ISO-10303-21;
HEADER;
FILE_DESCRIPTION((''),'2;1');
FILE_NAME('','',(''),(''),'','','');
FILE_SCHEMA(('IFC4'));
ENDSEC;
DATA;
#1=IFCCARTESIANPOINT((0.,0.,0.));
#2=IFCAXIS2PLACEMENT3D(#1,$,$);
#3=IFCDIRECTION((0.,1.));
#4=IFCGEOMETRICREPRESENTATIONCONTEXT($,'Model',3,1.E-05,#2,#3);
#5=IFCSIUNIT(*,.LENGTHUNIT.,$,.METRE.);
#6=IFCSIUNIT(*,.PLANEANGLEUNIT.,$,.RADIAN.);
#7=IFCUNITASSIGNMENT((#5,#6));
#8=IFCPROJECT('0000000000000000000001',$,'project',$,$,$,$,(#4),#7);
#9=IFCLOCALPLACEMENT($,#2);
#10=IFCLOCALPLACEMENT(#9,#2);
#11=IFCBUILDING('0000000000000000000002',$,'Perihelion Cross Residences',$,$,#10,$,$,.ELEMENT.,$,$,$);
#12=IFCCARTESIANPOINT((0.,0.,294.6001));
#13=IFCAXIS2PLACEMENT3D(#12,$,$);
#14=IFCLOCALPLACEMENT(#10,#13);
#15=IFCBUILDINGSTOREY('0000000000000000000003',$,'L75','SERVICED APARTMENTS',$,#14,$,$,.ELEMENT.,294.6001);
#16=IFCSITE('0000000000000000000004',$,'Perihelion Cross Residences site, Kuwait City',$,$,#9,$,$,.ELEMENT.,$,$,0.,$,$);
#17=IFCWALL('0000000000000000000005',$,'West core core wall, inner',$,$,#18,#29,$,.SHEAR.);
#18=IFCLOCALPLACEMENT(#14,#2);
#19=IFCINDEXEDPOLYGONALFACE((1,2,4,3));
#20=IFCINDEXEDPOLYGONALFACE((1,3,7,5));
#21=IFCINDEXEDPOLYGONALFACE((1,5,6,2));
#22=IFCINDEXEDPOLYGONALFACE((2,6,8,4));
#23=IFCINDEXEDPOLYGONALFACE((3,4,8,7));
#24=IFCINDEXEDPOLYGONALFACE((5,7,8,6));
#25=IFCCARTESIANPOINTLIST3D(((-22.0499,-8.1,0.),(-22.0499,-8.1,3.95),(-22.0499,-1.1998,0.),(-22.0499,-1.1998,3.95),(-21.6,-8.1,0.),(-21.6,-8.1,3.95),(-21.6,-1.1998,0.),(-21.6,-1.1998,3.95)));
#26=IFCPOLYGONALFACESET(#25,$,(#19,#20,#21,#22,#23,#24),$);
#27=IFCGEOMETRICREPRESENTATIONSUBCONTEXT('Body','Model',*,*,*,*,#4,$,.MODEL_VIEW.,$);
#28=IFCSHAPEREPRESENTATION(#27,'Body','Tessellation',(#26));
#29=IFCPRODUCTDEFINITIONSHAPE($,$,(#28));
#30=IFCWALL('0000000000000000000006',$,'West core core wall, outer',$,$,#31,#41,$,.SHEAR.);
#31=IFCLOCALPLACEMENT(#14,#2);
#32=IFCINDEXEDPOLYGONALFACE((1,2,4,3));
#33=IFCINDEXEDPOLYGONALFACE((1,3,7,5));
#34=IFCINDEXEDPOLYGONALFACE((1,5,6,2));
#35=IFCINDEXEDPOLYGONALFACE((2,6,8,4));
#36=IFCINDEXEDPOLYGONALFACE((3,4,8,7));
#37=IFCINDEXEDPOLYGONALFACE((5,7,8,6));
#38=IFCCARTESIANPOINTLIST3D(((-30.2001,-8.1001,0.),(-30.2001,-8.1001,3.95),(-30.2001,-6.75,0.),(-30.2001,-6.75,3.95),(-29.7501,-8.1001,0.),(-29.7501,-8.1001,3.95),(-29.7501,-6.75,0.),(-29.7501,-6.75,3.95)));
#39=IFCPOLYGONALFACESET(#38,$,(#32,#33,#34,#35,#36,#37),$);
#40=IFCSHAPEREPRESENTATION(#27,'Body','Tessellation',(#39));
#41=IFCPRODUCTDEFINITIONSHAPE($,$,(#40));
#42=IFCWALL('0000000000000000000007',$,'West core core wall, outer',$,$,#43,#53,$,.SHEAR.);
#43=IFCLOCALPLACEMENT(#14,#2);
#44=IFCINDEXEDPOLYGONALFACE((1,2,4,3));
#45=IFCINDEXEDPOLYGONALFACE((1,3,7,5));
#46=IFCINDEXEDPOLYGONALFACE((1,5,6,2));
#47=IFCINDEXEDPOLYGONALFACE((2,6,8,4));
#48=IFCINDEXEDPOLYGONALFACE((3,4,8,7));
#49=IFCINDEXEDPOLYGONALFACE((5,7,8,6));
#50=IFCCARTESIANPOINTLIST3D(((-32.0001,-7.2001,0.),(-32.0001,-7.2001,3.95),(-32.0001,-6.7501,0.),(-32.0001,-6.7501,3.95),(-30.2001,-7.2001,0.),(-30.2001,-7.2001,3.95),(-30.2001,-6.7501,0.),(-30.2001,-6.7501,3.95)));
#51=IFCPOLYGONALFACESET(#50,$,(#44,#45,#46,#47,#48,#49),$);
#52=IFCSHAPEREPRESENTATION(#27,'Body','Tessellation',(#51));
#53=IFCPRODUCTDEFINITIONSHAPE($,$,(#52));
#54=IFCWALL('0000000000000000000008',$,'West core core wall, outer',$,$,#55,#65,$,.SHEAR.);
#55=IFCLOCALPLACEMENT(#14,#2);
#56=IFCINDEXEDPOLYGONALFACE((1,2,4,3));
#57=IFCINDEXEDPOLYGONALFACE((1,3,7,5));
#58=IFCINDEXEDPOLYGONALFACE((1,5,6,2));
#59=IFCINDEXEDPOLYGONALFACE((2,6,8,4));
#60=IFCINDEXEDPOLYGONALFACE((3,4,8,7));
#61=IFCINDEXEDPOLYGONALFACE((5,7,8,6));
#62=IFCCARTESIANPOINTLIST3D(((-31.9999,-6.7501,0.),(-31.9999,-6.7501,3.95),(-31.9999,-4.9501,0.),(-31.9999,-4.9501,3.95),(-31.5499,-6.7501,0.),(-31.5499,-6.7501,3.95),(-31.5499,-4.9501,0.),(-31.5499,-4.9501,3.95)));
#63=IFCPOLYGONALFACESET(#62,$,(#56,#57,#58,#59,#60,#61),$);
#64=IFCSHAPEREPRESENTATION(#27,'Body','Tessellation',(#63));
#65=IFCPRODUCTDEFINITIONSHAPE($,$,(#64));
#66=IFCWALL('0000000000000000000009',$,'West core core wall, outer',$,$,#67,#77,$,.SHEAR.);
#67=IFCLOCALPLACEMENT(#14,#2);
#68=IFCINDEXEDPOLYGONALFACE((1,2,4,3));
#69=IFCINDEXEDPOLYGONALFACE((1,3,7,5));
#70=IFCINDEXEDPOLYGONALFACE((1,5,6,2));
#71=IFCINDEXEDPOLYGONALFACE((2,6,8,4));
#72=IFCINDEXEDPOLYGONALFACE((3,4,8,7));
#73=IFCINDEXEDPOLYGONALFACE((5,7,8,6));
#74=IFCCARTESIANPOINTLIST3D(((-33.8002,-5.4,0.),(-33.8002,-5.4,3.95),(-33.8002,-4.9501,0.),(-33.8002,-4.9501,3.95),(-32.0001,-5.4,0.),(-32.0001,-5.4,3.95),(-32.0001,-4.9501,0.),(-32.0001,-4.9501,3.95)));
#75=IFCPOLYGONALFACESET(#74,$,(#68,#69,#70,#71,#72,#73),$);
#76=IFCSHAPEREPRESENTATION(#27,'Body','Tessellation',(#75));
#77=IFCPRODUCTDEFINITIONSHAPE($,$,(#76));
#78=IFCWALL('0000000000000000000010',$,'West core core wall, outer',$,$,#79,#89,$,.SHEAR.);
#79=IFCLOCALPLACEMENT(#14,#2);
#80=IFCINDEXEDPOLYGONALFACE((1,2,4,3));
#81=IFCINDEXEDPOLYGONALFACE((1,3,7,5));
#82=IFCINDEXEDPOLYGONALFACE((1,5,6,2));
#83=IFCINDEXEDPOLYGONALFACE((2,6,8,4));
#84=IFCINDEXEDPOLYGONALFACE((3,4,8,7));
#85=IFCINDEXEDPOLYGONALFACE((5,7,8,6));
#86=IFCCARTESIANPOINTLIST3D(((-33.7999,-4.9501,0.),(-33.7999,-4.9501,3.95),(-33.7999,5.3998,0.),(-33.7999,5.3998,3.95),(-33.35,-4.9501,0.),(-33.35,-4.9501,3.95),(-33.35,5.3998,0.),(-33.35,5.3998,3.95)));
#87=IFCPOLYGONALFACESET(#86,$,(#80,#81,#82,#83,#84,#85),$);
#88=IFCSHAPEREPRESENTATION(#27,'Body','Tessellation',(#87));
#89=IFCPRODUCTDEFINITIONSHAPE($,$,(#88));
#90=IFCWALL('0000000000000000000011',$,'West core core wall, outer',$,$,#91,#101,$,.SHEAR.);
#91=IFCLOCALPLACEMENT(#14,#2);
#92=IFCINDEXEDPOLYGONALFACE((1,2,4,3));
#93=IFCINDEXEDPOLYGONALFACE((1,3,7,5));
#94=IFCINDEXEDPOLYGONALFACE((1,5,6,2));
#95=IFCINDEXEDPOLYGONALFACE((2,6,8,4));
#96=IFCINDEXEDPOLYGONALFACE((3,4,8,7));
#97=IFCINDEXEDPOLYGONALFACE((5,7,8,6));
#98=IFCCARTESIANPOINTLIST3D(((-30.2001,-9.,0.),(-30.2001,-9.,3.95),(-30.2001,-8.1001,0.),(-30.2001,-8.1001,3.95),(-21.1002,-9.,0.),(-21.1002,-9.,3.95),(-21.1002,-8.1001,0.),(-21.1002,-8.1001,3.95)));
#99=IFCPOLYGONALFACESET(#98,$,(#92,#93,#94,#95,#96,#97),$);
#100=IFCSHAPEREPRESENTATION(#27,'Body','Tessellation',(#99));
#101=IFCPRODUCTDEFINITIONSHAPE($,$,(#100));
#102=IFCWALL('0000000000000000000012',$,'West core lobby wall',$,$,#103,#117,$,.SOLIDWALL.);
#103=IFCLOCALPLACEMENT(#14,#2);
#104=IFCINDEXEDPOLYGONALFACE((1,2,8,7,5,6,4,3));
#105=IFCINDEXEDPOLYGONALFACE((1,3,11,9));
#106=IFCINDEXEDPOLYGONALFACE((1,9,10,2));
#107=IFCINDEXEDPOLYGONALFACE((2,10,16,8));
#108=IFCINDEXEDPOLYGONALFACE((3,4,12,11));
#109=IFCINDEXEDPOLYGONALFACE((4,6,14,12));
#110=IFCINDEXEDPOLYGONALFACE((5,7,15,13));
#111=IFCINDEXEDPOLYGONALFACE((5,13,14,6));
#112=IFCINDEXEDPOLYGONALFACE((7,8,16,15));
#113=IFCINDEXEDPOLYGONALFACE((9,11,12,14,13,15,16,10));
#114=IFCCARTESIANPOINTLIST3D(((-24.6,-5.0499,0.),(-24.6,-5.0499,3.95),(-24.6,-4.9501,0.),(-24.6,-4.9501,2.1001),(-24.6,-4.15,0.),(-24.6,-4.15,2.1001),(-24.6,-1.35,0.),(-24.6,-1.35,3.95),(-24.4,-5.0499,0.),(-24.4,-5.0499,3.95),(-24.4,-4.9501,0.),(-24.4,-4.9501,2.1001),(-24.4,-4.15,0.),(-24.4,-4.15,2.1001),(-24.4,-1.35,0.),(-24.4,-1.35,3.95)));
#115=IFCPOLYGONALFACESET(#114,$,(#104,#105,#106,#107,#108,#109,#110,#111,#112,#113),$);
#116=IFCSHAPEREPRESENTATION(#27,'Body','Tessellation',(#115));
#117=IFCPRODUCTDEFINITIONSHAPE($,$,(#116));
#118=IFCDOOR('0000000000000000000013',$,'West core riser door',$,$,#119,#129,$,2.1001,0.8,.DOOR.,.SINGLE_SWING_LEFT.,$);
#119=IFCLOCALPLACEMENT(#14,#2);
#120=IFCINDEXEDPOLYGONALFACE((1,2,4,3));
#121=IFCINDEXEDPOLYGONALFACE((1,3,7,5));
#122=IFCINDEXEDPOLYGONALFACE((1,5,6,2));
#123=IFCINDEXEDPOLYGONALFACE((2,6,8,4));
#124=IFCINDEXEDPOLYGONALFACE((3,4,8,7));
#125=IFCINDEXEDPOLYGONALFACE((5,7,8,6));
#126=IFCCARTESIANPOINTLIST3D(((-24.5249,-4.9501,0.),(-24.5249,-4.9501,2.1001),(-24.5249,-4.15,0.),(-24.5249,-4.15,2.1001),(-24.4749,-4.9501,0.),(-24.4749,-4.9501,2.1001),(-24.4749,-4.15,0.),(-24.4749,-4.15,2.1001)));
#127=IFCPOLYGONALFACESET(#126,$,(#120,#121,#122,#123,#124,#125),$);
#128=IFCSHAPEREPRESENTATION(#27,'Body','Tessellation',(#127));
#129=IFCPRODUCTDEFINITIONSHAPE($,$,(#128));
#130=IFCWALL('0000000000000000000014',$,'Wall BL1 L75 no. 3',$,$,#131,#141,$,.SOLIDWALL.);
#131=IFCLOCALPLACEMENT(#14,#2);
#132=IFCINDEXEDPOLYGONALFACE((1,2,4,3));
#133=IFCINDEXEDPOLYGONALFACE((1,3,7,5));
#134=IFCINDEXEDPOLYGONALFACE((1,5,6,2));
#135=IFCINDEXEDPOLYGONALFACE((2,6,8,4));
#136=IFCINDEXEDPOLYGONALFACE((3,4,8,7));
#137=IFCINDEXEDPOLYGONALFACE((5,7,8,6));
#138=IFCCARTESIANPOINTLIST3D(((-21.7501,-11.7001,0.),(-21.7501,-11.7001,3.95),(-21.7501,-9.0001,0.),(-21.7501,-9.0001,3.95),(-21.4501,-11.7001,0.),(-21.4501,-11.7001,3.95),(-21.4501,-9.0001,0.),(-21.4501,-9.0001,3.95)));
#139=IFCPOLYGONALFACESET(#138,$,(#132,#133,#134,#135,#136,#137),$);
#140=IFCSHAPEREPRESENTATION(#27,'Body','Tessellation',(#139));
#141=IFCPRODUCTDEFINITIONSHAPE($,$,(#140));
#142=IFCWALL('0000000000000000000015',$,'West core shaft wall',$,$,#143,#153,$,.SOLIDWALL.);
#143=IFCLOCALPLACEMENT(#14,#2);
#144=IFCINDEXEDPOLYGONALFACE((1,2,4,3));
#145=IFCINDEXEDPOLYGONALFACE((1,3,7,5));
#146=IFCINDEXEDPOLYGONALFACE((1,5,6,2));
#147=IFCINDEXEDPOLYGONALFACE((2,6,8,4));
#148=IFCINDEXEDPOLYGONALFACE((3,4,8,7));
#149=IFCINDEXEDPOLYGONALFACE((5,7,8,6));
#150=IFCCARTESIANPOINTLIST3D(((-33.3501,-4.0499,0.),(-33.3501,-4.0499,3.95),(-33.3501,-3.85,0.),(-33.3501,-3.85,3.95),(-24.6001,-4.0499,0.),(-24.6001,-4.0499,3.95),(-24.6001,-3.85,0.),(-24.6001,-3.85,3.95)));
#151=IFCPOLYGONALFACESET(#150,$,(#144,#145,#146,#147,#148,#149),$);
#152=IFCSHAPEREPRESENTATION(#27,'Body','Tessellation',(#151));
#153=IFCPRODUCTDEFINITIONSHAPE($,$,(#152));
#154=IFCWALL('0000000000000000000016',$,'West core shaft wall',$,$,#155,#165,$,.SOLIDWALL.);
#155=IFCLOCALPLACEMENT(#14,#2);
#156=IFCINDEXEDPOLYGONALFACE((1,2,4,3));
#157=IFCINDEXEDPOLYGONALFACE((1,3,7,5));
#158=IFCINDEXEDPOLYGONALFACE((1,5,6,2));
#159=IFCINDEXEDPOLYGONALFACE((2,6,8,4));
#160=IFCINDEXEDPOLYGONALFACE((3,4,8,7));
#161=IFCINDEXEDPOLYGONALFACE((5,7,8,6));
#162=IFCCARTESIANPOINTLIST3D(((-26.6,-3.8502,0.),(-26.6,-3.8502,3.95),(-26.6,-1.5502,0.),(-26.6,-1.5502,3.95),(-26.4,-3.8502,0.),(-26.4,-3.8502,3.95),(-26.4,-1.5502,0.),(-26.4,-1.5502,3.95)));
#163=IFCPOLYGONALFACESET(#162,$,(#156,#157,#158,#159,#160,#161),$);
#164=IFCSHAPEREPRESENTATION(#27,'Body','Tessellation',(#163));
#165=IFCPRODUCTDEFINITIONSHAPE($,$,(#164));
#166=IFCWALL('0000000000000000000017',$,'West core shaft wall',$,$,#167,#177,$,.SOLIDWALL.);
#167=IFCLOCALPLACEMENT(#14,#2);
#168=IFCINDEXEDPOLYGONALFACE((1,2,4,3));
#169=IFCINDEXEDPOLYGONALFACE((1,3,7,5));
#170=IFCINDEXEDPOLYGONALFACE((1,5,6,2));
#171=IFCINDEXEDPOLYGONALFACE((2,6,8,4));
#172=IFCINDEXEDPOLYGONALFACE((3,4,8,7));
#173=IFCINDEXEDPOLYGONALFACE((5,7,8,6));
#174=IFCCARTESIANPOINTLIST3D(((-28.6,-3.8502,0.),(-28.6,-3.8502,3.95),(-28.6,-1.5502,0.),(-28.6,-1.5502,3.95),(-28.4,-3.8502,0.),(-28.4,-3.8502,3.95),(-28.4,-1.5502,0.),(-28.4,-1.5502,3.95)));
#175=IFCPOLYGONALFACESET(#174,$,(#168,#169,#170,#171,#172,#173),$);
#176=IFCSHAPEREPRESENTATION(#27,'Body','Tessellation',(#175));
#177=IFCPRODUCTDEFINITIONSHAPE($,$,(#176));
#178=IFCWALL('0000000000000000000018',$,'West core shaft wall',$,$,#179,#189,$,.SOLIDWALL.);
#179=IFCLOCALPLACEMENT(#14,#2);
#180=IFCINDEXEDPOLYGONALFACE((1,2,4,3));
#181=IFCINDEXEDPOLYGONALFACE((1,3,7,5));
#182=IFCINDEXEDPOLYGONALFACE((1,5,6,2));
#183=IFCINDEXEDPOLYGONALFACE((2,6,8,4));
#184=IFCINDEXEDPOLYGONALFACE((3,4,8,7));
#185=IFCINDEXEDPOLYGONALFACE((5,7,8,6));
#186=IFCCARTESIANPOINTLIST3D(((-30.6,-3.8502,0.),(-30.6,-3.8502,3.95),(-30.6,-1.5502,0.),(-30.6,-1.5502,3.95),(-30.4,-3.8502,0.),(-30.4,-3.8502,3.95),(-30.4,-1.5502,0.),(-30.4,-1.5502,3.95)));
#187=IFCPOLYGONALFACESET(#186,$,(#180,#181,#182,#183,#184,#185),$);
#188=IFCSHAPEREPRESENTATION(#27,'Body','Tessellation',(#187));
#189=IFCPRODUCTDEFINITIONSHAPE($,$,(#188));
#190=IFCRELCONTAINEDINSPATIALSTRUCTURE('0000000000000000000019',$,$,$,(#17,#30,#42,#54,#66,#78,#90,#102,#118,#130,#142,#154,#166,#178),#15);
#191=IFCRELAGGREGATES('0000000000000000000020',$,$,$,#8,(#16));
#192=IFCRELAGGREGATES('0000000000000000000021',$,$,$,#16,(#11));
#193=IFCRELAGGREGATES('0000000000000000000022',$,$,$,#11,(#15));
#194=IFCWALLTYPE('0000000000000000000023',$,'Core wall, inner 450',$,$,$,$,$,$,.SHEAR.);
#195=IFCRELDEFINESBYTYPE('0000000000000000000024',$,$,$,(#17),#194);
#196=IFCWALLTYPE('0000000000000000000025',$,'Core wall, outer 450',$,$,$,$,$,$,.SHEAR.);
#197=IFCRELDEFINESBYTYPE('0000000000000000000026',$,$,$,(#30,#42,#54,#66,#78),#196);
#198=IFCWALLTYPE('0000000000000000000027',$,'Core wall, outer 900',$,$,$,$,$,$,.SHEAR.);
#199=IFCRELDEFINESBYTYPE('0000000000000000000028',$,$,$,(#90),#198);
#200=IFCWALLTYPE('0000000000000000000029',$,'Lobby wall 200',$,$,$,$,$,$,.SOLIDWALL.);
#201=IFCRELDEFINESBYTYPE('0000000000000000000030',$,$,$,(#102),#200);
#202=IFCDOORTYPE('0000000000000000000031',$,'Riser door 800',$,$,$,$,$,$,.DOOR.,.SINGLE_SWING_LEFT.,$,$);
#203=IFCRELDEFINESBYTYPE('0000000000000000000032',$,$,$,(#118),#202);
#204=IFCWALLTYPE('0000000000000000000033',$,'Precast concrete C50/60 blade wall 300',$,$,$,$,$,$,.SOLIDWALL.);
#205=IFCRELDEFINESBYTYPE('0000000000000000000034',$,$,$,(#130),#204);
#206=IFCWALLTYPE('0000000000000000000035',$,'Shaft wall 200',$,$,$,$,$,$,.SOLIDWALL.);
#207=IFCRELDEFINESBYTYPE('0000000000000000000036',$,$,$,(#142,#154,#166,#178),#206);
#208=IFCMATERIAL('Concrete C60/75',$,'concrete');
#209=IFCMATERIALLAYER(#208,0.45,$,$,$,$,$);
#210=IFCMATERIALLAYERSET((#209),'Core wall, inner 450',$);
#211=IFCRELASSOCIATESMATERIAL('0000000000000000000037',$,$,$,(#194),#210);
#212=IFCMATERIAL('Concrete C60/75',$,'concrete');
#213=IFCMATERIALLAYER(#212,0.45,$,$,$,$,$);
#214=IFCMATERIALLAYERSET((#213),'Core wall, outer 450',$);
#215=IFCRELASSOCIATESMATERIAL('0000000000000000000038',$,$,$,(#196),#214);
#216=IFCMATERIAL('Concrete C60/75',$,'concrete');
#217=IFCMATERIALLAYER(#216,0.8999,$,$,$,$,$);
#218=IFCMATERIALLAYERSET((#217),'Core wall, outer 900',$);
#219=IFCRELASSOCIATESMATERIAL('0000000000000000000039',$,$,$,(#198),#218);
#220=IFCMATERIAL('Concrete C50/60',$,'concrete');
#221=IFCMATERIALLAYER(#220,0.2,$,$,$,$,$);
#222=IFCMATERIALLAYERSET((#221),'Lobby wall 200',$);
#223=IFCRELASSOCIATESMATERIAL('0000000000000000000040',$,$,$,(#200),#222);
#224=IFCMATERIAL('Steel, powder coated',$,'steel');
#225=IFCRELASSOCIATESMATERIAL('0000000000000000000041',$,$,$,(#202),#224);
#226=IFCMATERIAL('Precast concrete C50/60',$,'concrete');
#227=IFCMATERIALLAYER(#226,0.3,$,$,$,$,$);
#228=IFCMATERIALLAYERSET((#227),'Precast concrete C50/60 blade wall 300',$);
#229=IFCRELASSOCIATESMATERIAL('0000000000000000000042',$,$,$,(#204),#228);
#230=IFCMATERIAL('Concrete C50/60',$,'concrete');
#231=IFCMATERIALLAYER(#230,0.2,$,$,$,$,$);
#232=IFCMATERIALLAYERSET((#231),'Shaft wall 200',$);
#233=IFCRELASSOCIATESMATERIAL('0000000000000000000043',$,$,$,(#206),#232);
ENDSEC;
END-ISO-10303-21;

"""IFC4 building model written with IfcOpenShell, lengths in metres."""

from ifc_helpers import new_model, si_unit, direction, frame, frame_2d, origin, place, context, subcontext, project, spatial, rectangle, extrude, material, layer, layer_set, type_object, element, fill, save


model = new_model("IFC4")

# Units and contexts
model_context = context("Model", 3, precision=1e-05, world=origin(), true_north=direction((0.0, 1.0)))
body_context = subcontext(model_context, "Body", "Model", "MODEL_VIEW")
ifc_project = project(units=[si_unit("LENGTHUNIT", "METRE"), si_unit("PLANEANGLEUNIT", "RADIAN")], contexts=[model_context])

# Site, building, storey
site_placement = place(None, origin())
site = spatial("IfcSite", under=ifc_project, at=site_placement, Name="Perihelion Cross Residences site, Kuwait City", CompositionType="ELEMENT", RefElevation=0.0)
building_placement = place(site_placement, origin())
building = spatial("IfcBuilding", under=site, at=building_placement, Name="Perihelion Cross Residences", CompositionType="ELEMENT")
storey_placement = place(building_placement, frame((0.0, 0.0, 294.6001)))
storey = spatial("IfcBuildingStorey", under=building, at=storey_placement, Name="L75", Description="SERVICED APARTMENTS", CompositionType="ELEMENT", Elevation=294.6001)

# Walls
ifc_material_1 = material(Name="Concrete C60/75", Category="concrete")
ifc_layer_1 = layer(ifc_material_1, 0.45)
ifc_layer_set_1 = layer_set([ifc_layer_1], Name="Core wall, inner 450")
wall_type_1 = type_object("IfcWallType", Name="Core wall, inner 450", PredefinedType="SHEAR", material=ifc_layer_set_1)
wall_1_placement = place(storey_placement, frame((-21.825, -8.1001, 0.0), z_axis=(0.0, 0.0, 1.0), x_axis=(0.0, 1.0, 0.0)))
element("IfcWall", 1, at=wall_1_placement, inside=storey, type_object=wall_type_1, Name="West core core wall, inner", PredefinedType="SHEAR", context=body_context, shape_type="SweptSolid", body=[
    extrude(rectangle(XDim=6.9001, YDim=0.45, at=frame_2d((3.4502, 0.0))), origin(), (0.0, 0.0, 1.0), 3.95),
])
ifc_material_2 = material(Name="Concrete C60/75", Category="concrete")
ifc_layer_2 = layer(ifc_material_2, 0.45)
ifc_layer_set_2 = layer_set([ifc_layer_2], Name="Core wall, outer 450")
wall_type_2 = type_object("IfcWallType", Name="Core wall, outer 450", PredefinedType="SHEAR", material=ifc_layer_set_2)
wall_2_placement = place(storey_placement, frame((-29.9751, -8.1001, 0.0), z_axis=(0.0, 0.0, 1.0), x_axis=(0.0, 1.0, 0.0)))
element("IfcWall", 2, at=wall_2_placement, inside=storey, type_object=wall_type_2, Name="West core core wall, outer", PredefinedType="SHEAR", context=body_context, shape_type="SweptSolid", body=[
    extrude(rectangle(XDim=1.3501, YDim=0.45, at=frame_2d((0.675, 0.0))), origin(), (0.0, 0.0, 1.0), 3.95),
])
for number, where, z_axis, x_axis, name in (
    (3, (-32.0, -6.9751, 0.0), (0.0, 0.0, 1.0), (1.0, 0.0, 0.0), "West core core wall, outer"),
    (4, (-31.7749, -6.75, 0.0), (0.0, 0.0, 1.0), (0.0, 1.0, 0.0), "West core core wall, outer"),
    (5, (-33.8, -5.175, 0.0), (0.0, 0.0, 1.0), (1.0, 0.0, 0.0), "West core core wall, outer"),
):
    element("IfcWall", number, at=place(storey_placement, frame(where, z_axis=z_axis, x_axis=x_axis)), inside=storey, type_object=wall_type_2, Name=name, PredefinedType="SHEAR", context=body_context, shape_type="SweptSolid", body=[
        extrude(rectangle(XDim=1.8, YDim=0.45, at=frame_2d((0.8999, 0.0))), origin(), (0.0, 0.0, 1.0), 3.95),
    ])
wall_3_placement = place(storey_placement, frame((-33.575, -4.95, 0.0), z_axis=(0.0, 0.0, 1.0), x_axis=(0.0, 1.0, 0.0)))
element("IfcWall", 6, at=wall_3_placement, inside=storey, type_object=wall_type_2, Name="West core core wall, outer", PredefinedType="SHEAR", context=body_context, shape_type="SweptSolid", body=[
    extrude(rectangle(XDim=10.3499, YDim=0.45, at=frame_2d((5.1748, 0.0))), origin(), (0.0, 0.0, 1.0), 3.95),
])
ifc_material_3 = material(Name="Concrete C60/75", Category="concrete")
ifc_layer_3 = layer(ifc_material_3, 0.8999)
ifc_layer_set_3 = layer_set([ifc_layer_3], Name="Core wall, outer 900")
wall_type_3 = type_object("IfcWallType", Name="Core wall, outer 900", PredefinedType="SHEAR", material=ifc_layer_set_3)
wall_4_placement = place(storey_placement, frame((-30.2, -8.55, 0.0), z_axis=(0.0, 0.0, 1.0), x_axis=(1.0, 0.0, 0.0)))
element("IfcWall", 7, at=wall_4_placement, inside=storey, type_object=wall_type_3, Name="West core core wall, outer", PredefinedType="SHEAR", context=body_context, shape_type="SweptSolid", body=[
    extrude(rectangle(XDim=9.0999, YDim=0.8999, at=frame_2d((4.5498, 0.0))), origin(), (0.0, 0.0, 1.0), 3.95),
])

# Wall, opening, door
ifc_material_4 = material(Name="Concrete C50/60", Category="concrete")
ifc_layer_4 = layer(ifc_material_4, 0.2)
ifc_layer_set_4 = layer_set([ifc_layer_4], Name="Lobby wall 200")
wall_type_4 = type_object("IfcWallType", Name="Lobby wall 200", PredefinedType="SOLIDWALL", material=ifc_layer_set_4)
wall_5_placement = place(storey_placement, frame((-24.5, -5.05, 0.0), z_axis=(0.0, 0.0, 1.0), x_axis=(0.0, 1.0, 0.0)))
wall_5 = element("IfcWall", 8, at=wall_5_placement, inside=storey, type_object=wall_type_4, Name="West core lobby wall", PredefinedType="SOLIDWALL", context=body_context, shape_type="SweptSolid", body=[
    extrude(rectangle(XDim=3.7, YDim=0.2, at=frame_2d((1.8501, 0.0))), origin(), (0.0, 0.0, 1.0), 3.95),
])
opening_1_placement = place(wall_5_placement, frame((0.1001, 0.0, 0.0)))
opening_1 = element("IfcOpeningElement", 9, at=opening_1_placement, cuts=wall_5, PredefinedType="OPENING", context=body_context, shape_type="SweptSolid", body=[
    extrude(rectangle(XDim=0.8, YDim=2.1001, at=frame_2d((0.3999, 1.05))), frame((0.0, 0.1099, 0.0), z_axis=(0.0, -1.0, 0.0), x_axis=(1.0, 0.0, 0.0)), (0.0, 0.0, 1.0), 0.22),
])
ifc_material_5 = material(Name="Steel, powder coated", Category="steel")
door_type_1 = type_object("IfcDoorType", Name="Riser door 800", OperationType="SINGLE_SWING_LEFT", PredefinedType="DOOR", material=ifc_material_5)
door_1_placement = place(opening_1_placement, origin())
door_1 = element("IfcDoor", 10, at=door_1_placement, inside=storey, type_object=door_type_1, Name="West core riser door", OperationType="SINGLE_SWING_LEFT", OverallHeight=2.1001, OverallWidth=0.8, PredefinedType="DOOR", context=body_context, shape_type="SweptSolid", body=[
    extrude(rectangle(XDim=0.8, YDim=2.1001, at=frame_2d((0.3999, 1.05))), frame((0.0, 0.0249, 0.0), z_axis=(0.0, -1.0, 0.0), x_axis=(1.0, 0.0, 0.0)), (0.0, 0.0, 1.0), 0.05),
])
fill(opening_1, door_1)

# Walls
ifc_material_6 = material(Name="Precast concrete C50/60", Category="concrete")
ifc_layer_5 = layer(ifc_material_6, 0.3)
ifc_layer_set_5 = layer_set([ifc_layer_5], Name="Precast concrete C50/60 blade wall 300")
wall_type_5 = type_object("IfcWallType", Name="Precast concrete C50/60 blade wall 300", PredefinedType="SOLIDWALL", material=ifc_layer_set_5)
wall_6_placement = place(storey_placement, frame((-21.6001, -9.0, 0.0), z_axis=(0.0, 0.0, 1.0), x_axis=(0.0, -1.0, 0.0)))
element("IfcWall", 11, at=wall_6_placement, inside=storey, type_object=wall_type_5, Name="Wall BL1 L75 no. 3", PredefinedType="SOLIDWALL", context=body_context, shape_type="SweptSolid", body=[
    extrude(rectangle(XDim=2.7, YDim=0.3, at=frame_2d((1.3501, 0.0))), origin(), (0.0, 0.0, 1.0), 3.95),
])
ifc_material_7 = material(Name="Concrete C50/60", Category="concrete")
ifc_layer_6 = layer(ifc_material_7, 0.2)
ifc_layer_set_6 = layer_set([ifc_layer_6], Name="Shaft wall 200")
wall_type_6 = type_object("IfcWallType", Name="Shaft wall 200", PredefinedType="SOLIDWALL", material=ifc_layer_set_6)
wall_7_placement = place(storey_placement, frame((-33.3501, -3.95, 0.0), z_axis=(0.0, 0.0, 1.0), x_axis=(1.0, 0.0, 0.0)))
element("IfcWall", 12, at=wall_7_placement, inside=storey, type_object=wall_type_6, Name="West core shaft wall", PredefinedType="SOLIDWALL", context=body_context, shape_type="SweptSolid", body=[
    extrude(rectangle(XDim=8.75, YDim=0.2, at=frame_2d((4.375, 0.0))), origin(), (0.0, 0.0, 1.0), 3.95),
])
for number, where, z_axis, x_axis, name in (
    (13, (-26.5, -3.8501, 0.0), (0.0, 0.0, 1.0), (0.0, 1.0, 0.0), "West core shaft wall"),
    (14, (-28.5, -3.8501, 0.0), (0.0, 0.0, 1.0), (0.0, 1.0, 0.0), "West core shaft wall"),
    (15, (-30.5, -3.8501, 0.0), (0.0, 0.0, 1.0), (0.0, 1.0, 0.0), "West core shaft wall"),
):
    element("IfcWall", number, at=place(storey_placement, frame(where, z_axis=z_axis, x_axis=x_axis)), inside=storey, type_object=wall_type_6, Name=name, PredefinedType="SOLIDWALL", context=body_context, shape_type="SweptSolid", body=[
        extrude(rectangle(XDim=2.3, YDim=0.2, at=frame_2d((1.1499, 0.0))), origin(), (0.0, 0.0, 1.0), 3.95),
    ])

save(model, "model.ifc")
